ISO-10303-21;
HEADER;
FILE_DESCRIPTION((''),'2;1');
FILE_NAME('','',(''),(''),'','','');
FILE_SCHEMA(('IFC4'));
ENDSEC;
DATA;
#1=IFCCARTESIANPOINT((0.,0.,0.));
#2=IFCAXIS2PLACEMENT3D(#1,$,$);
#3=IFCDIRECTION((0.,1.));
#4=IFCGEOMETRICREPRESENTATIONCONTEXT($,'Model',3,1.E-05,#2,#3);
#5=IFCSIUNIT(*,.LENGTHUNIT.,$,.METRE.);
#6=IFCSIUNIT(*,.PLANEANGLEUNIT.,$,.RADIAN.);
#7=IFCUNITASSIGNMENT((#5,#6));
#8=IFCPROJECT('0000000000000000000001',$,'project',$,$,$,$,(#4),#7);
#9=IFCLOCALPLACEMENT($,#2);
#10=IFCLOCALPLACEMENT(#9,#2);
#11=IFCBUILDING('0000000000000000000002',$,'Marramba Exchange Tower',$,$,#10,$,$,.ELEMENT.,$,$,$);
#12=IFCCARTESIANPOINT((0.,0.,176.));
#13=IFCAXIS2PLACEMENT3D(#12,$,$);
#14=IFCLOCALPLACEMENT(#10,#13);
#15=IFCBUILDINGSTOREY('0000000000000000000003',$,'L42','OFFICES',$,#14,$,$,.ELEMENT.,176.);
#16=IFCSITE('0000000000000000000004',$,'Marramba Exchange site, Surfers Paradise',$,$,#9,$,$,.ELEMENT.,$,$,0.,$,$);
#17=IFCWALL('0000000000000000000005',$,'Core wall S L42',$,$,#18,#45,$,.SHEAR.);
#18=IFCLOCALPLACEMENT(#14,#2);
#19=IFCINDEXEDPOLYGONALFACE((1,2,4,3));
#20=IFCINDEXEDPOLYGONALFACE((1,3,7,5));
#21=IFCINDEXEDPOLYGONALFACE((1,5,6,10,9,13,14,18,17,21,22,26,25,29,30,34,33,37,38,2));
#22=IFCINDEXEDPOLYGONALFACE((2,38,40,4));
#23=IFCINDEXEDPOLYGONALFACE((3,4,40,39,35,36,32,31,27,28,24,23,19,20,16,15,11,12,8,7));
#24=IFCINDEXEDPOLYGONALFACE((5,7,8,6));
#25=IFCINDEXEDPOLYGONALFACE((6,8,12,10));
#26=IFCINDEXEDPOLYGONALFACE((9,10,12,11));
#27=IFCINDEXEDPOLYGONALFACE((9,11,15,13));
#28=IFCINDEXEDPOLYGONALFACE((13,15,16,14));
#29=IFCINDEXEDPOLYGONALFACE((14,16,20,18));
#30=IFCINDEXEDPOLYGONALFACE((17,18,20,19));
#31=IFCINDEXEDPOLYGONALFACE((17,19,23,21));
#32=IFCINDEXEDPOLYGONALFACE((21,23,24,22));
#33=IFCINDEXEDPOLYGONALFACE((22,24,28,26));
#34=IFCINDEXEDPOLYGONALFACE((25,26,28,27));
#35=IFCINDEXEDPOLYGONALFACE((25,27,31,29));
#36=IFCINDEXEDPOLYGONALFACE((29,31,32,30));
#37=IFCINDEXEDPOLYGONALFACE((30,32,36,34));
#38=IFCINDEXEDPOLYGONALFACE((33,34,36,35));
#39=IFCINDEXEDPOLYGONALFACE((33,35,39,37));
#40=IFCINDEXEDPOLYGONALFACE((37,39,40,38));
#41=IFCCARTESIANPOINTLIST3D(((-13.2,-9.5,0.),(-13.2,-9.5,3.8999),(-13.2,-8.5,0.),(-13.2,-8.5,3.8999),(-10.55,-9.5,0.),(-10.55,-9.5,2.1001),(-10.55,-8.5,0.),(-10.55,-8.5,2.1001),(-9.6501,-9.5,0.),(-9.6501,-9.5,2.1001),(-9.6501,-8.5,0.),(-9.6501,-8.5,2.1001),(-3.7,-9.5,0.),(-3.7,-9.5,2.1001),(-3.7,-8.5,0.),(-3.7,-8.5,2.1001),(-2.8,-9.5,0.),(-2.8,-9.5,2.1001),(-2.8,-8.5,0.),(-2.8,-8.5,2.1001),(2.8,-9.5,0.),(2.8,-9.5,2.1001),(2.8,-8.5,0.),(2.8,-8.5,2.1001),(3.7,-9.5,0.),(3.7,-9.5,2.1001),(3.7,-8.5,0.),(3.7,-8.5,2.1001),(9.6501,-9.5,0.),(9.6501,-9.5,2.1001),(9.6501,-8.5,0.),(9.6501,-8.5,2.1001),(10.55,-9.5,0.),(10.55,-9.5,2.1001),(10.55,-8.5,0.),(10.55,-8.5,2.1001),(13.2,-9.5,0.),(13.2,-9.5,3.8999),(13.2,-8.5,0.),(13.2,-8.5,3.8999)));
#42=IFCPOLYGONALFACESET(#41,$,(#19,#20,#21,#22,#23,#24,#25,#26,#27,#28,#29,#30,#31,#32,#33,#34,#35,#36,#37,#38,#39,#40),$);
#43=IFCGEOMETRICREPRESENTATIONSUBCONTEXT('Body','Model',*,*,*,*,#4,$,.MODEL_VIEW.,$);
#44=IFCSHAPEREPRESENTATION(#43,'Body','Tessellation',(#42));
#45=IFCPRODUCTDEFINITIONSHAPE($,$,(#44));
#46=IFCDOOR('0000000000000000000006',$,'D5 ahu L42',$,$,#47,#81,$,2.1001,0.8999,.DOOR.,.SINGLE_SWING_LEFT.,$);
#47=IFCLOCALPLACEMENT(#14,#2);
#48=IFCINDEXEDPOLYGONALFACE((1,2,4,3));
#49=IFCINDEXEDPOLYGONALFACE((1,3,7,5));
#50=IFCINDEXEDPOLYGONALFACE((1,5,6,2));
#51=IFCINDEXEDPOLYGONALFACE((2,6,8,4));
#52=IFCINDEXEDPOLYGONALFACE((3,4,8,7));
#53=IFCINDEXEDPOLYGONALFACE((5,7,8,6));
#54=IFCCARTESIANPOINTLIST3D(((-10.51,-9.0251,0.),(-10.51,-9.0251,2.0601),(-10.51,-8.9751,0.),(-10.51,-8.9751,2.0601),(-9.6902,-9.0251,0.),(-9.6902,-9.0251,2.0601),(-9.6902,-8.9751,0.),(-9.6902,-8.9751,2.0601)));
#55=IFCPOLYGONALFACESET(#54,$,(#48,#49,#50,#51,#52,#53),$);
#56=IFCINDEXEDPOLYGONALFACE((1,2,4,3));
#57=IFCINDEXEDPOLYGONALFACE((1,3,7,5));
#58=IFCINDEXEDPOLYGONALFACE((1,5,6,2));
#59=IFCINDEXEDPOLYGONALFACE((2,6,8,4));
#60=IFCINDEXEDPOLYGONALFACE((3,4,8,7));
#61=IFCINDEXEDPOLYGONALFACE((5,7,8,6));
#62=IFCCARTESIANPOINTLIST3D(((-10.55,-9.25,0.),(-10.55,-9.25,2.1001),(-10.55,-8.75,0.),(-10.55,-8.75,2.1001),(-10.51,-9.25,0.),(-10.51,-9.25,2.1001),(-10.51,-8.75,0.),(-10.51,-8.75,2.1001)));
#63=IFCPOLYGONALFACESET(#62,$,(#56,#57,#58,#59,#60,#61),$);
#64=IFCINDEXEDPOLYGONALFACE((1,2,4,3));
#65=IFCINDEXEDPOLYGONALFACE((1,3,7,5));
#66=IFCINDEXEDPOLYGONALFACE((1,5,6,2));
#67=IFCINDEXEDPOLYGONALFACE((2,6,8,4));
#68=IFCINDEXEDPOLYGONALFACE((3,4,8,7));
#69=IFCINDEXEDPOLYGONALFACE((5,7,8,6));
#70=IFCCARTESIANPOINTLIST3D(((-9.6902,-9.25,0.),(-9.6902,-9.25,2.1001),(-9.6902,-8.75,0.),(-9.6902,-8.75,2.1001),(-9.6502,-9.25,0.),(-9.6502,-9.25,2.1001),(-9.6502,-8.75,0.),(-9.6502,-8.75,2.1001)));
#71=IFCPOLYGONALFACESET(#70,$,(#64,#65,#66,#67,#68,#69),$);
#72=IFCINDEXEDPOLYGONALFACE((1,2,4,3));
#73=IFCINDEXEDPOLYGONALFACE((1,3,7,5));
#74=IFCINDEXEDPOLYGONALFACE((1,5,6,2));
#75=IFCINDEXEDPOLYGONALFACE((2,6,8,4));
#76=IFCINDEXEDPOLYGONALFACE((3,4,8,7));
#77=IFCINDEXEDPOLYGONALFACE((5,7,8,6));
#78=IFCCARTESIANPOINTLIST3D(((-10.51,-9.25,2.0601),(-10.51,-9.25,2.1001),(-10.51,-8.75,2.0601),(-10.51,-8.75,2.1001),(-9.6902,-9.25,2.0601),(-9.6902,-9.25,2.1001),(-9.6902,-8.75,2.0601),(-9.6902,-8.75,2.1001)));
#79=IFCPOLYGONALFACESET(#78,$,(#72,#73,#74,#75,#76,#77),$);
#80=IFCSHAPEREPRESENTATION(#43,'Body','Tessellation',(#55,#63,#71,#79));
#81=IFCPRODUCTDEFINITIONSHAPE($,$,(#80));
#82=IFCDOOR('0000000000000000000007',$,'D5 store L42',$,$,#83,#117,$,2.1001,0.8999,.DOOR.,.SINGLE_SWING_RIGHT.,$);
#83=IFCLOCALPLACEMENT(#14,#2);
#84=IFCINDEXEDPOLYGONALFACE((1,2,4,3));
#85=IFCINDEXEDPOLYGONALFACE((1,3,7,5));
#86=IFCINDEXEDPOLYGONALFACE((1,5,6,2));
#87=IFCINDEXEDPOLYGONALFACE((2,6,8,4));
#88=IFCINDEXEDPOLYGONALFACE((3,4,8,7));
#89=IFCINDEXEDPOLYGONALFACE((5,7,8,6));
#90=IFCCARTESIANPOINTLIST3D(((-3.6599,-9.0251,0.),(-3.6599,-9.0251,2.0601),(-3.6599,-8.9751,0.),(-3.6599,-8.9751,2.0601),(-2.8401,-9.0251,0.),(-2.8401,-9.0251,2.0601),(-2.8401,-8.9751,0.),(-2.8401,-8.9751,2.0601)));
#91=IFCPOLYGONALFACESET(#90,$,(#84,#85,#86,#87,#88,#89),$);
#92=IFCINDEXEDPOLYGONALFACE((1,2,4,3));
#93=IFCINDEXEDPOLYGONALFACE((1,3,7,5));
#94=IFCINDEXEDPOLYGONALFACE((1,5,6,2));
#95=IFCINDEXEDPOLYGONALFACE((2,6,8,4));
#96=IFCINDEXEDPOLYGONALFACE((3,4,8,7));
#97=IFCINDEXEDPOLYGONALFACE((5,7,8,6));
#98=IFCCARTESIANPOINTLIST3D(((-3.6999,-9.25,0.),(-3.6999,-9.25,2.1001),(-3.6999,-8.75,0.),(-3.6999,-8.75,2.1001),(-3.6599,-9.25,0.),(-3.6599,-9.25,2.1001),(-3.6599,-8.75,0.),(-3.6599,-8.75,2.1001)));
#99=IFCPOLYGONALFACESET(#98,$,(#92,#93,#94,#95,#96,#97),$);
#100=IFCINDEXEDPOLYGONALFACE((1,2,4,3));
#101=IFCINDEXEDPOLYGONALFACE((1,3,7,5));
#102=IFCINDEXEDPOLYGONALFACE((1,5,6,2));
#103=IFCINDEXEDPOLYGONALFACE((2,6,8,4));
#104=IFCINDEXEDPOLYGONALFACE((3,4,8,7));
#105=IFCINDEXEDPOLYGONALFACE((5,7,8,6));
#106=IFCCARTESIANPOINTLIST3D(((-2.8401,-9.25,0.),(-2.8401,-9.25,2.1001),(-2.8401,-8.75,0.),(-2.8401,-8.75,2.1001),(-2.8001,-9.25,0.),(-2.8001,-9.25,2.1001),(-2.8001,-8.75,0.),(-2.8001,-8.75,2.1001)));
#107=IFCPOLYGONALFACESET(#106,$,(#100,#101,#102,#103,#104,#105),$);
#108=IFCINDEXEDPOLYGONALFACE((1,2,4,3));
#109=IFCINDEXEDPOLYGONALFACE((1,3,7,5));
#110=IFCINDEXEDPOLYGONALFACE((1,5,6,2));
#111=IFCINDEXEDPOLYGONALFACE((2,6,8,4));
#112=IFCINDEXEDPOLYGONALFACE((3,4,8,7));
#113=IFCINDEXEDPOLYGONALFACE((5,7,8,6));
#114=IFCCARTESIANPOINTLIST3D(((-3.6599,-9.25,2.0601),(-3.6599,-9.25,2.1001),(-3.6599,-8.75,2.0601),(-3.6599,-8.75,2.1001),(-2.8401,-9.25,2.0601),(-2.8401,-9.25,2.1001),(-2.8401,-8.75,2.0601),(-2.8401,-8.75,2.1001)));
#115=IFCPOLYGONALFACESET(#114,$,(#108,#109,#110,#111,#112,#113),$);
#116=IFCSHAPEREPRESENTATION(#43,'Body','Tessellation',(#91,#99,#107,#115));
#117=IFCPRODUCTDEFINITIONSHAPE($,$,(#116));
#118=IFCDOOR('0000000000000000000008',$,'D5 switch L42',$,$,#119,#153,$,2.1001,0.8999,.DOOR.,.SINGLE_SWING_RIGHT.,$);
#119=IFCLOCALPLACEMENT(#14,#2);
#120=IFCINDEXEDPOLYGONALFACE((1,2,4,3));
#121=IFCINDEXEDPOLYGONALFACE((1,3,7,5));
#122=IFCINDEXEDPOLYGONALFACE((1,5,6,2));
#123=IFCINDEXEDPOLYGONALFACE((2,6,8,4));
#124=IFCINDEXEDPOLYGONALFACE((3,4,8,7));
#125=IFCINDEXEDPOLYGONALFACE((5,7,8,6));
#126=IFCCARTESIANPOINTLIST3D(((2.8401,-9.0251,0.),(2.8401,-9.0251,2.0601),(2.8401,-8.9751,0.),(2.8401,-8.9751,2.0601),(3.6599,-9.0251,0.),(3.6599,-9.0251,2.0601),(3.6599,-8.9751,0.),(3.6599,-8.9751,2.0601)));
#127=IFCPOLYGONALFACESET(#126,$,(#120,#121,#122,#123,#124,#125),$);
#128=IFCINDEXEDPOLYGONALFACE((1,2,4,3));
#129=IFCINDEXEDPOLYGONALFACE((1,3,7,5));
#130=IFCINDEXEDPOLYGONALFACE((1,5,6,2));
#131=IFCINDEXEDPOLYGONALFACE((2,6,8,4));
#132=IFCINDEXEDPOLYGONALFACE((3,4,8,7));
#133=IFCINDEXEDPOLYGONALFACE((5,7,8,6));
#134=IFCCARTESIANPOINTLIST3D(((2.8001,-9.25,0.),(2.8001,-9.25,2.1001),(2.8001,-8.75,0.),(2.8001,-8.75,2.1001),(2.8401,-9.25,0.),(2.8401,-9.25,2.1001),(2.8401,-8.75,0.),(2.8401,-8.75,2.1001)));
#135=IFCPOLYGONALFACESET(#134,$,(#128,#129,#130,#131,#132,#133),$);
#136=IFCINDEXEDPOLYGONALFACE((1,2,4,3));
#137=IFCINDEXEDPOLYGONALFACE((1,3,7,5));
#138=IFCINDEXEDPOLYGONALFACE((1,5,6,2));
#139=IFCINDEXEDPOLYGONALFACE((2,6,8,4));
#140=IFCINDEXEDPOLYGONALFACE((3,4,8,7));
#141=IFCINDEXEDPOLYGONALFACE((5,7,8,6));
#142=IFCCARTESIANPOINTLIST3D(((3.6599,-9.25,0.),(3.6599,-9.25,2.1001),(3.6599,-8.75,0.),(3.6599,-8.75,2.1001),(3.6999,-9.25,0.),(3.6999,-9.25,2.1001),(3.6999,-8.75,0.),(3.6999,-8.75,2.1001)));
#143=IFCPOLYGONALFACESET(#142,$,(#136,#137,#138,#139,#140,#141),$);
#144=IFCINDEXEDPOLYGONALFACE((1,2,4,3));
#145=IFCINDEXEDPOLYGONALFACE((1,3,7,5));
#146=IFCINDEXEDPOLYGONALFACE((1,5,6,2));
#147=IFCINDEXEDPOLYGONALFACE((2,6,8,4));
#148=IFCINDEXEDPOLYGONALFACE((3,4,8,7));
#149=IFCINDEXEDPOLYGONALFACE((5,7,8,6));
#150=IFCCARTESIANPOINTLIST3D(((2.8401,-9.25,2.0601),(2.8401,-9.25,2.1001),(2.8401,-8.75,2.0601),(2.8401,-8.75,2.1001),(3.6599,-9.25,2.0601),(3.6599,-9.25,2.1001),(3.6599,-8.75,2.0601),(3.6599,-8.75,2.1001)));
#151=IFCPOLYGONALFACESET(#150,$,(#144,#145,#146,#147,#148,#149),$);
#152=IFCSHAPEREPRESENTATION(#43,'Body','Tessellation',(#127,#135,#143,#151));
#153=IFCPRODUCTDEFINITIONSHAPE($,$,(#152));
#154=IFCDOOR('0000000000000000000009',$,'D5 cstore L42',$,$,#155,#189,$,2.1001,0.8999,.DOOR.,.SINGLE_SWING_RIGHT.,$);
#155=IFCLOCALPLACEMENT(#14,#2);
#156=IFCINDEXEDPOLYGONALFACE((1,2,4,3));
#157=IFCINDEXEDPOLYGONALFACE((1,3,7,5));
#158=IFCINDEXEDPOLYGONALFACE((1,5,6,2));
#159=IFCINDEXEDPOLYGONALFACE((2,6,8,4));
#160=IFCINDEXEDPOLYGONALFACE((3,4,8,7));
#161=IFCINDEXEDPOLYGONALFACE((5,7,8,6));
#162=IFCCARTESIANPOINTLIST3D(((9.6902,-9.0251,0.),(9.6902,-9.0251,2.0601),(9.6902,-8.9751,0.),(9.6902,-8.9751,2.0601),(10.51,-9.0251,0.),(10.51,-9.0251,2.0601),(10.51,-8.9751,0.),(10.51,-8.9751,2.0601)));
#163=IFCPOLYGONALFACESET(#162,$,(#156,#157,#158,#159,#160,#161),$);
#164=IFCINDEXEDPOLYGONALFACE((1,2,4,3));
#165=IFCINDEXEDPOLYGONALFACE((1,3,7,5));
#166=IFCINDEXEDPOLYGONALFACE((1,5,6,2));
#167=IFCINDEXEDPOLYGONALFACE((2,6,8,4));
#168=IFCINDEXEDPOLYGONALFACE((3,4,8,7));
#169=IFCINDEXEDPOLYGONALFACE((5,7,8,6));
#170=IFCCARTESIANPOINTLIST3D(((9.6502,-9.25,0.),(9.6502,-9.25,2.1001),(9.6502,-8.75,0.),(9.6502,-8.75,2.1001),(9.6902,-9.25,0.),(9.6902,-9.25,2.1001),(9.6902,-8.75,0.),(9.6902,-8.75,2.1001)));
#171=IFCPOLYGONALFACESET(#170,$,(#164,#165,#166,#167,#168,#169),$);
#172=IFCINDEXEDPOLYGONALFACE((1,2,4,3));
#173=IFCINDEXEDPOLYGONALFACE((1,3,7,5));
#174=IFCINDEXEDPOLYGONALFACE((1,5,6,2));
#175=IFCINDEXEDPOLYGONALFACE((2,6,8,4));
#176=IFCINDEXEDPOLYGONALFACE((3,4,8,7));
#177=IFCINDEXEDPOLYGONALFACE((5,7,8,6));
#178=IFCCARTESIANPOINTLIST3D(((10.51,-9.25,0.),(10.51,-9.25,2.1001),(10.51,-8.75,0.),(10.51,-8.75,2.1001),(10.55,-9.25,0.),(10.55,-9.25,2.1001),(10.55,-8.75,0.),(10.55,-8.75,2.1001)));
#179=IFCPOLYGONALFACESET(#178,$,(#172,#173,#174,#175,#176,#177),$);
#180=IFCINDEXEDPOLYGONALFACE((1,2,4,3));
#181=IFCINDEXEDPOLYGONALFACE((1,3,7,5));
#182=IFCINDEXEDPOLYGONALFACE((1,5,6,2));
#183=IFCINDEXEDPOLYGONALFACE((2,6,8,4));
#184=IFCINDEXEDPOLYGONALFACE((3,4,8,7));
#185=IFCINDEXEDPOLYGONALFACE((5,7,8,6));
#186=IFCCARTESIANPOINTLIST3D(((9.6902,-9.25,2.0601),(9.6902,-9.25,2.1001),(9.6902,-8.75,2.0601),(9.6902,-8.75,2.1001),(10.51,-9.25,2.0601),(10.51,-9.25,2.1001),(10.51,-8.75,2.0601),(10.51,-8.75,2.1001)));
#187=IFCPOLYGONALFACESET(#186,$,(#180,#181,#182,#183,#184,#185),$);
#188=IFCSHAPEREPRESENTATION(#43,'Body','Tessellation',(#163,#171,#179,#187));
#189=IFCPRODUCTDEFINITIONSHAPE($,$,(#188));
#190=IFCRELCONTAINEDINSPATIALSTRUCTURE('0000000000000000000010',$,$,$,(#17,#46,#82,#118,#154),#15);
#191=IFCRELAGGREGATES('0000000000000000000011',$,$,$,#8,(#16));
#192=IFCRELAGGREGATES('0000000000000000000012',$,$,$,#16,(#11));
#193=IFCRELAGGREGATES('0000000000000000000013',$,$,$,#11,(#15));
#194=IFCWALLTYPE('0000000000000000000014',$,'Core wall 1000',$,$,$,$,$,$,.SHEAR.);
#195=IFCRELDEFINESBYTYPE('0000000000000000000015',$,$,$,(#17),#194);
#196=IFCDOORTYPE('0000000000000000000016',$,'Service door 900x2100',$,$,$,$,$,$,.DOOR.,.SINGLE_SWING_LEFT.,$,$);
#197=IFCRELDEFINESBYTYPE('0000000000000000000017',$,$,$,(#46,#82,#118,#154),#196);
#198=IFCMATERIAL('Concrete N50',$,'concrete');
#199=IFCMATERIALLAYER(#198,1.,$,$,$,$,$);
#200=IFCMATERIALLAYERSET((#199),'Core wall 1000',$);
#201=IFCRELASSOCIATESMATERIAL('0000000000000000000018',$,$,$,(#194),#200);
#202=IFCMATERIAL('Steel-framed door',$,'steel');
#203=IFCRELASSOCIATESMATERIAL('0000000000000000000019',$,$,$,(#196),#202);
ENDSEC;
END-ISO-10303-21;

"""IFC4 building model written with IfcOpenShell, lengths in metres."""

from ifc_helpers import new_model, si_unit, direction, frame, frame_2d, origin, place, context, subcontext, project, spatial, rectangle, extrude, material, layer, layer_set, type_object, element, fill, save


model = new_model("IFC4")

# Units and contexts
model_context = context("Model", 3, precision=1e-05, world=origin(), true_north=direction((0.0, 1.0)))
body_context = subcontext(model_context, "Body", "Model", "MODEL_VIEW")
ifc_project = project(units=[si_unit("LENGTHUNIT", "METRE"), si_unit("PLANEANGLEUNIT", "RADIAN")], contexts=[model_context])

# Site, building, storey
site_placement = place(None, origin())
site = spatial("IfcSite", under=ifc_project, at=site_placement, Name="Marramba Exchange site, Surfers Paradise", CompositionType="ELEMENT", RefElevation=0.0)
building_placement = place(site_placement, origin())
building = spatial("IfcBuilding", under=site, at=building_placement, Name="Marramba Exchange Tower", CompositionType="ELEMENT")
storey_placement = place(building_placement, frame((0.0, 0.0, 176.0)))
storey = spatial("IfcBuildingStorey", under=building, at=storey_placement, Name="L42", Description="OFFICES", CompositionType="ELEMENT", Elevation=176.0)

# Shared definitions
ifc_material_1 = material(Name="Concrete N50", Category="concrete")

# Wall, openings, doors
ifc_layer_1 = layer(ifc_material_1, 1.0)
ifc_layer_set_1 = layer_set([ifc_layer_1], Name="Core wall 1000")
wall_type_1 = type_object("IfcWallType", Name="Core wall 1000", PredefinedType="SHEAR", material=ifc_layer_set_1)
wall_1_placement = place(storey_placement, frame((-13.2, -9.0, 0.0), z_axis=(0.0, 0.0, 1.0), x_axis=(1.0, 0.0, 0.0)))
wall_1 = element("IfcWall", 1, at=wall_1_placement, inside=storey, type_object=wall_type_1, Name="Core wall S L42", PredefinedType="SHEAR", context=body_context, shape_type="SweptSolid", body=[
    extrude(rectangle(XDim=26.3999, YDim=1.0, at=frame_2d((13.2, 0.0))), origin(), (0.0, 0.0, 1.0), 3.8999),
])
opening_1_placement = place(wall_1_placement, frame((2.6499, 0.0, 0.0)))
opening_1 = element("IfcOpeningElement", 2, at=opening_1_placement, cuts=wall_1, PredefinedType="OPENING", context=body_context, shape_type="SweptSolid", body=[
    extrude(rectangle(XDim=0.8999, YDim=2.1001, at=frame_2d((0.45, 1.05))), frame((0.0, 0.51, 0.0), z_axis=(0.0, -1.0, 0.0), x_axis=(1.0, 0.0, 0.0)), (0.0, 0.0, 1.0), 1.02),
])
opening_2_placement = place(wall_1_placement, frame((9.5, 0.0, 0.0)))
opening_2 = element("IfcOpeningElement", 3, at=opening_2_placement, cuts=wall_1, PredefinedType="OPENING", context=body_context, shape_type="SweptSolid", body=[
    extrude(rectangle(XDim=0.8999, YDim=2.1001, at=frame_2d((0.45, 1.05))), frame((0.0, 0.51, 0.0), z_axis=(0.0, -1.0, 0.0), x_axis=(1.0, 0.0, 0.0)), (0.0, 0.0, 1.0), 1.02),
])
opening_3_placement = place(wall_1_placement, frame((16.0, 0.0, 0.0)))
opening_3 = element("IfcOpeningElement", 4, at=opening_3_placement, cuts=wall_1, PredefinedType="OPENING", context=body_context, shape_type="SweptSolid", body=[
    extrude(rectangle(XDim=0.8999, YDim=2.1001, at=frame_2d((0.45, 1.05))), frame((0.0, 0.51, 0.0), z_axis=(0.0, -1.0, 0.0), x_axis=(1.0, 0.0, 0.0)), (0.0, 0.0, 1.0), 1.02),
])
opening_4_placement = place(wall_1_placement, frame((22.8501, 0.0, 0.0)))
opening_4 = element("IfcOpeningElement", 5, at=opening_4_placement, cuts=wall_1, PredefinedType="OPENING", context=body_context, shape_type="SweptSolid", body=[
    extrude(rectangle(XDim=0.8999, YDim=2.1001, at=frame_2d((0.45, 1.05))), frame((0.0, 0.51, 0.0), z_axis=(0.0, -1.0, 0.0), x_axis=(1.0, 0.0, 0.0)), (0.0, 0.0, 1.0), 1.02),
])
ifc_material_2 = material(Name="Steel-framed door", Category="steel")
door_type_1 = type_object("IfcDoorType", Name="Service door 900x2100", OperationType="SINGLE_SWING_LEFT", PredefinedType="DOOR", material=ifc_material_2)
door_1_placement = place(opening_1_placement, origin())
door_1 = element("IfcDoor", 6, at=door_1_placement, inside=storey, type_object=door_type_1, Name="D5 ahu L42", OperationType="SINGLE_SWING_LEFT", OverallHeight=2.1001, OverallWidth=0.8999, PredefinedType="DOOR", context=body_context, shape_type="SweptSolid", body=[
    extrude(rectangle(XDim=0.8198, YDim=2.0601, at=frame_2d((0.45, 1.03))), frame((0.0, 0.0249, 0.0), z_axis=(0.0, -1.0, 0.0), x_axis=(1.0, 0.0, 0.0)), (0.0, 0.0, 1.0), 0.05),
    extrude(rectangle(XDim=0.04, YDim=2.1001, at=frame_2d((0.02, 1.05))), frame((0.0, 0.25, 0.0), z_axis=(0.0, -1.0, 0.0), x_axis=(1.0, 0.0, 0.0)), (0.0, 0.0, 1.0), 0.5),
    extrude(rectangle(XDim=0.04, YDim=2.1001, at=frame_2d((0.8799, 1.05))), frame((0.0, 0.25, 0.0), z_axis=(0.0, -1.0, 0.0), x_axis=(1.0, 0.0, 0.0)), (0.0, 0.0, 1.0), 0.5),
    extrude(rectangle(XDim=0.8198, YDim=0.04, at=frame_2d((0.45, 2.0801))), frame((0.0, 0.25, 0.0), z_axis=(0.0, -1.0, 0.0), x_axis=(1.0, 0.0, 0.0)), (0.0, 0.0, 1.0), 0.5),
])
fill(opening_1, door_1)
door_2_placement = place(opening_2_placement, origin())
door_2 = element("IfcDoor", 7, at=door_2_placement, inside=storey, type_object=door_type_1, Name="D5 store L42", OperationType="SINGLE_SWING_RIGHT", OverallHeight=2.1001, OverallWidth=0.8999, PredefinedType="DOOR", context=body_context, shape_type="SweptSolid", body=[
    extrude(rectangle(XDim=0.8198, YDim=2.0601, at=frame_2d((0.45, 1.03))), frame((0.0, 0.0249, 0.0), z_axis=(0.0, -1.0, 0.0), x_axis=(1.0, 0.0, 0.0)), (0.0, 0.0, 1.0), 0.05),
    extrude(rectangle(XDim=0.04, YDim=2.1001, at=frame_2d((0.02, 1.05))), frame((0.0, 0.25, 0.0), z_axis=(0.0, -1.0, 0.0), x_axis=(1.0, 0.0, 0.0)), (0.0, 0.0, 1.0), 0.5),
    extrude(rectangle(XDim=0.04, YDim=2.1001, at=frame_2d((0.8799, 1.05))), frame((0.0, 0.25, 0.0), z_axis=(0.0, -1.0, 0.0), x_axis=(1.0, 0.0, 0.0)), (0.0, 0.0, 1.0), 0.5),
    extrude(rectangle(XDim=0.8198, YDim=0.04, at=frame_2d((0.45, 2.0801))), frame((0.0, 0.25, 0.0), z_axis=(0.0, -1.0, 0.0), x_axis=(1.0, 0.0, 0.0)), (0.0, 0.0, 1.0), 0.5),
])
fill(opening_2, door_2)
door_3_placement = place(opening_3_placement, origin())
door_3 = element("IfcDoor", 8, at=door_3_placement, inside=storey, type_object=door_type_1, Name="D5 switch L42", OperationType="SINGLE_SWING_RIGHT", OverallHeight=2.1001, OverallWidth=0.8999, PredefinedType="DOOR", context=body_context, shape_type="SweptSolid", body=[
    extrude(rectangle(XDim=0.8198, YDim=2.0601, at=frame_2d((0.45, 1.03))), frame((0.0, 0.0249, 0.0), z_axis=(0.0, -1.0, 0.0), x_axis=(1.0, 0.0, 0.0)), (0.0, 0.0, 1.0), 0.05),
    extrude(rectangle(XDim=0.04, YDim=2.1001, at=frame_2d((0.02, 1.05))), frame((0.0, 0.25, 0.0), z_axis=(0.0, -1.0, 0.0), x_axis=(1.0, 0.0, 0.0)), (0.0, 0.0, 1.0), 0.5),
    extrude(rectangle(XDim=0.04, YDim=2.1001, at=frame_2d((0.8799, 1.05))), frame((0.0, 0.25, 0.0), z_axis=(0.0, -1.0, 0.0), x_axis=(1.0, 0.0, 0.0)), (0.0, 0.0, 1.0), 0.5),
    extrude(rectangle(XDim=0.8198, YDim=0.04, at=frame_2d((0.45, 2.0801))), frame((0.0, 0.25, 0.0), z_axis=(0.0, -1.0, 0.0), x_axis=(1.0, 0.0, 0.0)), (0.0, 0.0, 1.0), 0.5),
])
fill(opening_3, door_3)
door_4_placement = place(opening_4_placement, origin())
door_4 = element("IfcDoor", 9, at=door_4_placement, inside=storey, type_object=door_type_1, Name="D5 cstore L42", OperationType="SINGLE_SWING_RIGHT", OverallHeight=2.1001, OverallWidth=0.8999, PredefinedType="DOOR", context=body_context, shape_type="SweptSolid", body=[
    extrude(rectangle(XDim=0.8198, YDim=2.0601, at=frame_2d((0.45, 1.03))), frame((0.0, 0.0249, 0.0), z_axis=(0.0, -1.0, 0.0), x_axis=(1.0, 0.0, 0.0)), (0.0, 0.0, 1.0), 0.05),
    extrude(rectangle(XDim=0.04, YDim=2.1001, at=frame_2d((0.02, 1.05))), frame((0.0, 0.25, 0.0), z_axis=(0.0, -1.0, 0.0), x_axis=(1.0, 0.0, 0.0)), (0.0, 0.0, 1.0), 0.5),
    extrude(rectangle(XDim=0.04, YDim=2.1001, at=frame_2d((0.8799, 1.05))), frame((0.0, 0.25, 0.0), z_axis=(0.0, -1.0, 0.0), x_axis=(1.0, 0.0, 0.0)), (0.0, 0.0, 1.0), 0.5),
    extrude(rectangle(XDim=0.8198, YDim=0.04, at=frame_2d((0.45, 2.0801))), frame((0.0, 0.25, 0.0), z_axis=(0.0, -1.0, 0.0), x_axis=(1.0, 0.0, 0.0)), (0.0, 0.0, 1.0), 0.5),
])
fill(opening_4, door_4)

save(model, "model.ifc")
